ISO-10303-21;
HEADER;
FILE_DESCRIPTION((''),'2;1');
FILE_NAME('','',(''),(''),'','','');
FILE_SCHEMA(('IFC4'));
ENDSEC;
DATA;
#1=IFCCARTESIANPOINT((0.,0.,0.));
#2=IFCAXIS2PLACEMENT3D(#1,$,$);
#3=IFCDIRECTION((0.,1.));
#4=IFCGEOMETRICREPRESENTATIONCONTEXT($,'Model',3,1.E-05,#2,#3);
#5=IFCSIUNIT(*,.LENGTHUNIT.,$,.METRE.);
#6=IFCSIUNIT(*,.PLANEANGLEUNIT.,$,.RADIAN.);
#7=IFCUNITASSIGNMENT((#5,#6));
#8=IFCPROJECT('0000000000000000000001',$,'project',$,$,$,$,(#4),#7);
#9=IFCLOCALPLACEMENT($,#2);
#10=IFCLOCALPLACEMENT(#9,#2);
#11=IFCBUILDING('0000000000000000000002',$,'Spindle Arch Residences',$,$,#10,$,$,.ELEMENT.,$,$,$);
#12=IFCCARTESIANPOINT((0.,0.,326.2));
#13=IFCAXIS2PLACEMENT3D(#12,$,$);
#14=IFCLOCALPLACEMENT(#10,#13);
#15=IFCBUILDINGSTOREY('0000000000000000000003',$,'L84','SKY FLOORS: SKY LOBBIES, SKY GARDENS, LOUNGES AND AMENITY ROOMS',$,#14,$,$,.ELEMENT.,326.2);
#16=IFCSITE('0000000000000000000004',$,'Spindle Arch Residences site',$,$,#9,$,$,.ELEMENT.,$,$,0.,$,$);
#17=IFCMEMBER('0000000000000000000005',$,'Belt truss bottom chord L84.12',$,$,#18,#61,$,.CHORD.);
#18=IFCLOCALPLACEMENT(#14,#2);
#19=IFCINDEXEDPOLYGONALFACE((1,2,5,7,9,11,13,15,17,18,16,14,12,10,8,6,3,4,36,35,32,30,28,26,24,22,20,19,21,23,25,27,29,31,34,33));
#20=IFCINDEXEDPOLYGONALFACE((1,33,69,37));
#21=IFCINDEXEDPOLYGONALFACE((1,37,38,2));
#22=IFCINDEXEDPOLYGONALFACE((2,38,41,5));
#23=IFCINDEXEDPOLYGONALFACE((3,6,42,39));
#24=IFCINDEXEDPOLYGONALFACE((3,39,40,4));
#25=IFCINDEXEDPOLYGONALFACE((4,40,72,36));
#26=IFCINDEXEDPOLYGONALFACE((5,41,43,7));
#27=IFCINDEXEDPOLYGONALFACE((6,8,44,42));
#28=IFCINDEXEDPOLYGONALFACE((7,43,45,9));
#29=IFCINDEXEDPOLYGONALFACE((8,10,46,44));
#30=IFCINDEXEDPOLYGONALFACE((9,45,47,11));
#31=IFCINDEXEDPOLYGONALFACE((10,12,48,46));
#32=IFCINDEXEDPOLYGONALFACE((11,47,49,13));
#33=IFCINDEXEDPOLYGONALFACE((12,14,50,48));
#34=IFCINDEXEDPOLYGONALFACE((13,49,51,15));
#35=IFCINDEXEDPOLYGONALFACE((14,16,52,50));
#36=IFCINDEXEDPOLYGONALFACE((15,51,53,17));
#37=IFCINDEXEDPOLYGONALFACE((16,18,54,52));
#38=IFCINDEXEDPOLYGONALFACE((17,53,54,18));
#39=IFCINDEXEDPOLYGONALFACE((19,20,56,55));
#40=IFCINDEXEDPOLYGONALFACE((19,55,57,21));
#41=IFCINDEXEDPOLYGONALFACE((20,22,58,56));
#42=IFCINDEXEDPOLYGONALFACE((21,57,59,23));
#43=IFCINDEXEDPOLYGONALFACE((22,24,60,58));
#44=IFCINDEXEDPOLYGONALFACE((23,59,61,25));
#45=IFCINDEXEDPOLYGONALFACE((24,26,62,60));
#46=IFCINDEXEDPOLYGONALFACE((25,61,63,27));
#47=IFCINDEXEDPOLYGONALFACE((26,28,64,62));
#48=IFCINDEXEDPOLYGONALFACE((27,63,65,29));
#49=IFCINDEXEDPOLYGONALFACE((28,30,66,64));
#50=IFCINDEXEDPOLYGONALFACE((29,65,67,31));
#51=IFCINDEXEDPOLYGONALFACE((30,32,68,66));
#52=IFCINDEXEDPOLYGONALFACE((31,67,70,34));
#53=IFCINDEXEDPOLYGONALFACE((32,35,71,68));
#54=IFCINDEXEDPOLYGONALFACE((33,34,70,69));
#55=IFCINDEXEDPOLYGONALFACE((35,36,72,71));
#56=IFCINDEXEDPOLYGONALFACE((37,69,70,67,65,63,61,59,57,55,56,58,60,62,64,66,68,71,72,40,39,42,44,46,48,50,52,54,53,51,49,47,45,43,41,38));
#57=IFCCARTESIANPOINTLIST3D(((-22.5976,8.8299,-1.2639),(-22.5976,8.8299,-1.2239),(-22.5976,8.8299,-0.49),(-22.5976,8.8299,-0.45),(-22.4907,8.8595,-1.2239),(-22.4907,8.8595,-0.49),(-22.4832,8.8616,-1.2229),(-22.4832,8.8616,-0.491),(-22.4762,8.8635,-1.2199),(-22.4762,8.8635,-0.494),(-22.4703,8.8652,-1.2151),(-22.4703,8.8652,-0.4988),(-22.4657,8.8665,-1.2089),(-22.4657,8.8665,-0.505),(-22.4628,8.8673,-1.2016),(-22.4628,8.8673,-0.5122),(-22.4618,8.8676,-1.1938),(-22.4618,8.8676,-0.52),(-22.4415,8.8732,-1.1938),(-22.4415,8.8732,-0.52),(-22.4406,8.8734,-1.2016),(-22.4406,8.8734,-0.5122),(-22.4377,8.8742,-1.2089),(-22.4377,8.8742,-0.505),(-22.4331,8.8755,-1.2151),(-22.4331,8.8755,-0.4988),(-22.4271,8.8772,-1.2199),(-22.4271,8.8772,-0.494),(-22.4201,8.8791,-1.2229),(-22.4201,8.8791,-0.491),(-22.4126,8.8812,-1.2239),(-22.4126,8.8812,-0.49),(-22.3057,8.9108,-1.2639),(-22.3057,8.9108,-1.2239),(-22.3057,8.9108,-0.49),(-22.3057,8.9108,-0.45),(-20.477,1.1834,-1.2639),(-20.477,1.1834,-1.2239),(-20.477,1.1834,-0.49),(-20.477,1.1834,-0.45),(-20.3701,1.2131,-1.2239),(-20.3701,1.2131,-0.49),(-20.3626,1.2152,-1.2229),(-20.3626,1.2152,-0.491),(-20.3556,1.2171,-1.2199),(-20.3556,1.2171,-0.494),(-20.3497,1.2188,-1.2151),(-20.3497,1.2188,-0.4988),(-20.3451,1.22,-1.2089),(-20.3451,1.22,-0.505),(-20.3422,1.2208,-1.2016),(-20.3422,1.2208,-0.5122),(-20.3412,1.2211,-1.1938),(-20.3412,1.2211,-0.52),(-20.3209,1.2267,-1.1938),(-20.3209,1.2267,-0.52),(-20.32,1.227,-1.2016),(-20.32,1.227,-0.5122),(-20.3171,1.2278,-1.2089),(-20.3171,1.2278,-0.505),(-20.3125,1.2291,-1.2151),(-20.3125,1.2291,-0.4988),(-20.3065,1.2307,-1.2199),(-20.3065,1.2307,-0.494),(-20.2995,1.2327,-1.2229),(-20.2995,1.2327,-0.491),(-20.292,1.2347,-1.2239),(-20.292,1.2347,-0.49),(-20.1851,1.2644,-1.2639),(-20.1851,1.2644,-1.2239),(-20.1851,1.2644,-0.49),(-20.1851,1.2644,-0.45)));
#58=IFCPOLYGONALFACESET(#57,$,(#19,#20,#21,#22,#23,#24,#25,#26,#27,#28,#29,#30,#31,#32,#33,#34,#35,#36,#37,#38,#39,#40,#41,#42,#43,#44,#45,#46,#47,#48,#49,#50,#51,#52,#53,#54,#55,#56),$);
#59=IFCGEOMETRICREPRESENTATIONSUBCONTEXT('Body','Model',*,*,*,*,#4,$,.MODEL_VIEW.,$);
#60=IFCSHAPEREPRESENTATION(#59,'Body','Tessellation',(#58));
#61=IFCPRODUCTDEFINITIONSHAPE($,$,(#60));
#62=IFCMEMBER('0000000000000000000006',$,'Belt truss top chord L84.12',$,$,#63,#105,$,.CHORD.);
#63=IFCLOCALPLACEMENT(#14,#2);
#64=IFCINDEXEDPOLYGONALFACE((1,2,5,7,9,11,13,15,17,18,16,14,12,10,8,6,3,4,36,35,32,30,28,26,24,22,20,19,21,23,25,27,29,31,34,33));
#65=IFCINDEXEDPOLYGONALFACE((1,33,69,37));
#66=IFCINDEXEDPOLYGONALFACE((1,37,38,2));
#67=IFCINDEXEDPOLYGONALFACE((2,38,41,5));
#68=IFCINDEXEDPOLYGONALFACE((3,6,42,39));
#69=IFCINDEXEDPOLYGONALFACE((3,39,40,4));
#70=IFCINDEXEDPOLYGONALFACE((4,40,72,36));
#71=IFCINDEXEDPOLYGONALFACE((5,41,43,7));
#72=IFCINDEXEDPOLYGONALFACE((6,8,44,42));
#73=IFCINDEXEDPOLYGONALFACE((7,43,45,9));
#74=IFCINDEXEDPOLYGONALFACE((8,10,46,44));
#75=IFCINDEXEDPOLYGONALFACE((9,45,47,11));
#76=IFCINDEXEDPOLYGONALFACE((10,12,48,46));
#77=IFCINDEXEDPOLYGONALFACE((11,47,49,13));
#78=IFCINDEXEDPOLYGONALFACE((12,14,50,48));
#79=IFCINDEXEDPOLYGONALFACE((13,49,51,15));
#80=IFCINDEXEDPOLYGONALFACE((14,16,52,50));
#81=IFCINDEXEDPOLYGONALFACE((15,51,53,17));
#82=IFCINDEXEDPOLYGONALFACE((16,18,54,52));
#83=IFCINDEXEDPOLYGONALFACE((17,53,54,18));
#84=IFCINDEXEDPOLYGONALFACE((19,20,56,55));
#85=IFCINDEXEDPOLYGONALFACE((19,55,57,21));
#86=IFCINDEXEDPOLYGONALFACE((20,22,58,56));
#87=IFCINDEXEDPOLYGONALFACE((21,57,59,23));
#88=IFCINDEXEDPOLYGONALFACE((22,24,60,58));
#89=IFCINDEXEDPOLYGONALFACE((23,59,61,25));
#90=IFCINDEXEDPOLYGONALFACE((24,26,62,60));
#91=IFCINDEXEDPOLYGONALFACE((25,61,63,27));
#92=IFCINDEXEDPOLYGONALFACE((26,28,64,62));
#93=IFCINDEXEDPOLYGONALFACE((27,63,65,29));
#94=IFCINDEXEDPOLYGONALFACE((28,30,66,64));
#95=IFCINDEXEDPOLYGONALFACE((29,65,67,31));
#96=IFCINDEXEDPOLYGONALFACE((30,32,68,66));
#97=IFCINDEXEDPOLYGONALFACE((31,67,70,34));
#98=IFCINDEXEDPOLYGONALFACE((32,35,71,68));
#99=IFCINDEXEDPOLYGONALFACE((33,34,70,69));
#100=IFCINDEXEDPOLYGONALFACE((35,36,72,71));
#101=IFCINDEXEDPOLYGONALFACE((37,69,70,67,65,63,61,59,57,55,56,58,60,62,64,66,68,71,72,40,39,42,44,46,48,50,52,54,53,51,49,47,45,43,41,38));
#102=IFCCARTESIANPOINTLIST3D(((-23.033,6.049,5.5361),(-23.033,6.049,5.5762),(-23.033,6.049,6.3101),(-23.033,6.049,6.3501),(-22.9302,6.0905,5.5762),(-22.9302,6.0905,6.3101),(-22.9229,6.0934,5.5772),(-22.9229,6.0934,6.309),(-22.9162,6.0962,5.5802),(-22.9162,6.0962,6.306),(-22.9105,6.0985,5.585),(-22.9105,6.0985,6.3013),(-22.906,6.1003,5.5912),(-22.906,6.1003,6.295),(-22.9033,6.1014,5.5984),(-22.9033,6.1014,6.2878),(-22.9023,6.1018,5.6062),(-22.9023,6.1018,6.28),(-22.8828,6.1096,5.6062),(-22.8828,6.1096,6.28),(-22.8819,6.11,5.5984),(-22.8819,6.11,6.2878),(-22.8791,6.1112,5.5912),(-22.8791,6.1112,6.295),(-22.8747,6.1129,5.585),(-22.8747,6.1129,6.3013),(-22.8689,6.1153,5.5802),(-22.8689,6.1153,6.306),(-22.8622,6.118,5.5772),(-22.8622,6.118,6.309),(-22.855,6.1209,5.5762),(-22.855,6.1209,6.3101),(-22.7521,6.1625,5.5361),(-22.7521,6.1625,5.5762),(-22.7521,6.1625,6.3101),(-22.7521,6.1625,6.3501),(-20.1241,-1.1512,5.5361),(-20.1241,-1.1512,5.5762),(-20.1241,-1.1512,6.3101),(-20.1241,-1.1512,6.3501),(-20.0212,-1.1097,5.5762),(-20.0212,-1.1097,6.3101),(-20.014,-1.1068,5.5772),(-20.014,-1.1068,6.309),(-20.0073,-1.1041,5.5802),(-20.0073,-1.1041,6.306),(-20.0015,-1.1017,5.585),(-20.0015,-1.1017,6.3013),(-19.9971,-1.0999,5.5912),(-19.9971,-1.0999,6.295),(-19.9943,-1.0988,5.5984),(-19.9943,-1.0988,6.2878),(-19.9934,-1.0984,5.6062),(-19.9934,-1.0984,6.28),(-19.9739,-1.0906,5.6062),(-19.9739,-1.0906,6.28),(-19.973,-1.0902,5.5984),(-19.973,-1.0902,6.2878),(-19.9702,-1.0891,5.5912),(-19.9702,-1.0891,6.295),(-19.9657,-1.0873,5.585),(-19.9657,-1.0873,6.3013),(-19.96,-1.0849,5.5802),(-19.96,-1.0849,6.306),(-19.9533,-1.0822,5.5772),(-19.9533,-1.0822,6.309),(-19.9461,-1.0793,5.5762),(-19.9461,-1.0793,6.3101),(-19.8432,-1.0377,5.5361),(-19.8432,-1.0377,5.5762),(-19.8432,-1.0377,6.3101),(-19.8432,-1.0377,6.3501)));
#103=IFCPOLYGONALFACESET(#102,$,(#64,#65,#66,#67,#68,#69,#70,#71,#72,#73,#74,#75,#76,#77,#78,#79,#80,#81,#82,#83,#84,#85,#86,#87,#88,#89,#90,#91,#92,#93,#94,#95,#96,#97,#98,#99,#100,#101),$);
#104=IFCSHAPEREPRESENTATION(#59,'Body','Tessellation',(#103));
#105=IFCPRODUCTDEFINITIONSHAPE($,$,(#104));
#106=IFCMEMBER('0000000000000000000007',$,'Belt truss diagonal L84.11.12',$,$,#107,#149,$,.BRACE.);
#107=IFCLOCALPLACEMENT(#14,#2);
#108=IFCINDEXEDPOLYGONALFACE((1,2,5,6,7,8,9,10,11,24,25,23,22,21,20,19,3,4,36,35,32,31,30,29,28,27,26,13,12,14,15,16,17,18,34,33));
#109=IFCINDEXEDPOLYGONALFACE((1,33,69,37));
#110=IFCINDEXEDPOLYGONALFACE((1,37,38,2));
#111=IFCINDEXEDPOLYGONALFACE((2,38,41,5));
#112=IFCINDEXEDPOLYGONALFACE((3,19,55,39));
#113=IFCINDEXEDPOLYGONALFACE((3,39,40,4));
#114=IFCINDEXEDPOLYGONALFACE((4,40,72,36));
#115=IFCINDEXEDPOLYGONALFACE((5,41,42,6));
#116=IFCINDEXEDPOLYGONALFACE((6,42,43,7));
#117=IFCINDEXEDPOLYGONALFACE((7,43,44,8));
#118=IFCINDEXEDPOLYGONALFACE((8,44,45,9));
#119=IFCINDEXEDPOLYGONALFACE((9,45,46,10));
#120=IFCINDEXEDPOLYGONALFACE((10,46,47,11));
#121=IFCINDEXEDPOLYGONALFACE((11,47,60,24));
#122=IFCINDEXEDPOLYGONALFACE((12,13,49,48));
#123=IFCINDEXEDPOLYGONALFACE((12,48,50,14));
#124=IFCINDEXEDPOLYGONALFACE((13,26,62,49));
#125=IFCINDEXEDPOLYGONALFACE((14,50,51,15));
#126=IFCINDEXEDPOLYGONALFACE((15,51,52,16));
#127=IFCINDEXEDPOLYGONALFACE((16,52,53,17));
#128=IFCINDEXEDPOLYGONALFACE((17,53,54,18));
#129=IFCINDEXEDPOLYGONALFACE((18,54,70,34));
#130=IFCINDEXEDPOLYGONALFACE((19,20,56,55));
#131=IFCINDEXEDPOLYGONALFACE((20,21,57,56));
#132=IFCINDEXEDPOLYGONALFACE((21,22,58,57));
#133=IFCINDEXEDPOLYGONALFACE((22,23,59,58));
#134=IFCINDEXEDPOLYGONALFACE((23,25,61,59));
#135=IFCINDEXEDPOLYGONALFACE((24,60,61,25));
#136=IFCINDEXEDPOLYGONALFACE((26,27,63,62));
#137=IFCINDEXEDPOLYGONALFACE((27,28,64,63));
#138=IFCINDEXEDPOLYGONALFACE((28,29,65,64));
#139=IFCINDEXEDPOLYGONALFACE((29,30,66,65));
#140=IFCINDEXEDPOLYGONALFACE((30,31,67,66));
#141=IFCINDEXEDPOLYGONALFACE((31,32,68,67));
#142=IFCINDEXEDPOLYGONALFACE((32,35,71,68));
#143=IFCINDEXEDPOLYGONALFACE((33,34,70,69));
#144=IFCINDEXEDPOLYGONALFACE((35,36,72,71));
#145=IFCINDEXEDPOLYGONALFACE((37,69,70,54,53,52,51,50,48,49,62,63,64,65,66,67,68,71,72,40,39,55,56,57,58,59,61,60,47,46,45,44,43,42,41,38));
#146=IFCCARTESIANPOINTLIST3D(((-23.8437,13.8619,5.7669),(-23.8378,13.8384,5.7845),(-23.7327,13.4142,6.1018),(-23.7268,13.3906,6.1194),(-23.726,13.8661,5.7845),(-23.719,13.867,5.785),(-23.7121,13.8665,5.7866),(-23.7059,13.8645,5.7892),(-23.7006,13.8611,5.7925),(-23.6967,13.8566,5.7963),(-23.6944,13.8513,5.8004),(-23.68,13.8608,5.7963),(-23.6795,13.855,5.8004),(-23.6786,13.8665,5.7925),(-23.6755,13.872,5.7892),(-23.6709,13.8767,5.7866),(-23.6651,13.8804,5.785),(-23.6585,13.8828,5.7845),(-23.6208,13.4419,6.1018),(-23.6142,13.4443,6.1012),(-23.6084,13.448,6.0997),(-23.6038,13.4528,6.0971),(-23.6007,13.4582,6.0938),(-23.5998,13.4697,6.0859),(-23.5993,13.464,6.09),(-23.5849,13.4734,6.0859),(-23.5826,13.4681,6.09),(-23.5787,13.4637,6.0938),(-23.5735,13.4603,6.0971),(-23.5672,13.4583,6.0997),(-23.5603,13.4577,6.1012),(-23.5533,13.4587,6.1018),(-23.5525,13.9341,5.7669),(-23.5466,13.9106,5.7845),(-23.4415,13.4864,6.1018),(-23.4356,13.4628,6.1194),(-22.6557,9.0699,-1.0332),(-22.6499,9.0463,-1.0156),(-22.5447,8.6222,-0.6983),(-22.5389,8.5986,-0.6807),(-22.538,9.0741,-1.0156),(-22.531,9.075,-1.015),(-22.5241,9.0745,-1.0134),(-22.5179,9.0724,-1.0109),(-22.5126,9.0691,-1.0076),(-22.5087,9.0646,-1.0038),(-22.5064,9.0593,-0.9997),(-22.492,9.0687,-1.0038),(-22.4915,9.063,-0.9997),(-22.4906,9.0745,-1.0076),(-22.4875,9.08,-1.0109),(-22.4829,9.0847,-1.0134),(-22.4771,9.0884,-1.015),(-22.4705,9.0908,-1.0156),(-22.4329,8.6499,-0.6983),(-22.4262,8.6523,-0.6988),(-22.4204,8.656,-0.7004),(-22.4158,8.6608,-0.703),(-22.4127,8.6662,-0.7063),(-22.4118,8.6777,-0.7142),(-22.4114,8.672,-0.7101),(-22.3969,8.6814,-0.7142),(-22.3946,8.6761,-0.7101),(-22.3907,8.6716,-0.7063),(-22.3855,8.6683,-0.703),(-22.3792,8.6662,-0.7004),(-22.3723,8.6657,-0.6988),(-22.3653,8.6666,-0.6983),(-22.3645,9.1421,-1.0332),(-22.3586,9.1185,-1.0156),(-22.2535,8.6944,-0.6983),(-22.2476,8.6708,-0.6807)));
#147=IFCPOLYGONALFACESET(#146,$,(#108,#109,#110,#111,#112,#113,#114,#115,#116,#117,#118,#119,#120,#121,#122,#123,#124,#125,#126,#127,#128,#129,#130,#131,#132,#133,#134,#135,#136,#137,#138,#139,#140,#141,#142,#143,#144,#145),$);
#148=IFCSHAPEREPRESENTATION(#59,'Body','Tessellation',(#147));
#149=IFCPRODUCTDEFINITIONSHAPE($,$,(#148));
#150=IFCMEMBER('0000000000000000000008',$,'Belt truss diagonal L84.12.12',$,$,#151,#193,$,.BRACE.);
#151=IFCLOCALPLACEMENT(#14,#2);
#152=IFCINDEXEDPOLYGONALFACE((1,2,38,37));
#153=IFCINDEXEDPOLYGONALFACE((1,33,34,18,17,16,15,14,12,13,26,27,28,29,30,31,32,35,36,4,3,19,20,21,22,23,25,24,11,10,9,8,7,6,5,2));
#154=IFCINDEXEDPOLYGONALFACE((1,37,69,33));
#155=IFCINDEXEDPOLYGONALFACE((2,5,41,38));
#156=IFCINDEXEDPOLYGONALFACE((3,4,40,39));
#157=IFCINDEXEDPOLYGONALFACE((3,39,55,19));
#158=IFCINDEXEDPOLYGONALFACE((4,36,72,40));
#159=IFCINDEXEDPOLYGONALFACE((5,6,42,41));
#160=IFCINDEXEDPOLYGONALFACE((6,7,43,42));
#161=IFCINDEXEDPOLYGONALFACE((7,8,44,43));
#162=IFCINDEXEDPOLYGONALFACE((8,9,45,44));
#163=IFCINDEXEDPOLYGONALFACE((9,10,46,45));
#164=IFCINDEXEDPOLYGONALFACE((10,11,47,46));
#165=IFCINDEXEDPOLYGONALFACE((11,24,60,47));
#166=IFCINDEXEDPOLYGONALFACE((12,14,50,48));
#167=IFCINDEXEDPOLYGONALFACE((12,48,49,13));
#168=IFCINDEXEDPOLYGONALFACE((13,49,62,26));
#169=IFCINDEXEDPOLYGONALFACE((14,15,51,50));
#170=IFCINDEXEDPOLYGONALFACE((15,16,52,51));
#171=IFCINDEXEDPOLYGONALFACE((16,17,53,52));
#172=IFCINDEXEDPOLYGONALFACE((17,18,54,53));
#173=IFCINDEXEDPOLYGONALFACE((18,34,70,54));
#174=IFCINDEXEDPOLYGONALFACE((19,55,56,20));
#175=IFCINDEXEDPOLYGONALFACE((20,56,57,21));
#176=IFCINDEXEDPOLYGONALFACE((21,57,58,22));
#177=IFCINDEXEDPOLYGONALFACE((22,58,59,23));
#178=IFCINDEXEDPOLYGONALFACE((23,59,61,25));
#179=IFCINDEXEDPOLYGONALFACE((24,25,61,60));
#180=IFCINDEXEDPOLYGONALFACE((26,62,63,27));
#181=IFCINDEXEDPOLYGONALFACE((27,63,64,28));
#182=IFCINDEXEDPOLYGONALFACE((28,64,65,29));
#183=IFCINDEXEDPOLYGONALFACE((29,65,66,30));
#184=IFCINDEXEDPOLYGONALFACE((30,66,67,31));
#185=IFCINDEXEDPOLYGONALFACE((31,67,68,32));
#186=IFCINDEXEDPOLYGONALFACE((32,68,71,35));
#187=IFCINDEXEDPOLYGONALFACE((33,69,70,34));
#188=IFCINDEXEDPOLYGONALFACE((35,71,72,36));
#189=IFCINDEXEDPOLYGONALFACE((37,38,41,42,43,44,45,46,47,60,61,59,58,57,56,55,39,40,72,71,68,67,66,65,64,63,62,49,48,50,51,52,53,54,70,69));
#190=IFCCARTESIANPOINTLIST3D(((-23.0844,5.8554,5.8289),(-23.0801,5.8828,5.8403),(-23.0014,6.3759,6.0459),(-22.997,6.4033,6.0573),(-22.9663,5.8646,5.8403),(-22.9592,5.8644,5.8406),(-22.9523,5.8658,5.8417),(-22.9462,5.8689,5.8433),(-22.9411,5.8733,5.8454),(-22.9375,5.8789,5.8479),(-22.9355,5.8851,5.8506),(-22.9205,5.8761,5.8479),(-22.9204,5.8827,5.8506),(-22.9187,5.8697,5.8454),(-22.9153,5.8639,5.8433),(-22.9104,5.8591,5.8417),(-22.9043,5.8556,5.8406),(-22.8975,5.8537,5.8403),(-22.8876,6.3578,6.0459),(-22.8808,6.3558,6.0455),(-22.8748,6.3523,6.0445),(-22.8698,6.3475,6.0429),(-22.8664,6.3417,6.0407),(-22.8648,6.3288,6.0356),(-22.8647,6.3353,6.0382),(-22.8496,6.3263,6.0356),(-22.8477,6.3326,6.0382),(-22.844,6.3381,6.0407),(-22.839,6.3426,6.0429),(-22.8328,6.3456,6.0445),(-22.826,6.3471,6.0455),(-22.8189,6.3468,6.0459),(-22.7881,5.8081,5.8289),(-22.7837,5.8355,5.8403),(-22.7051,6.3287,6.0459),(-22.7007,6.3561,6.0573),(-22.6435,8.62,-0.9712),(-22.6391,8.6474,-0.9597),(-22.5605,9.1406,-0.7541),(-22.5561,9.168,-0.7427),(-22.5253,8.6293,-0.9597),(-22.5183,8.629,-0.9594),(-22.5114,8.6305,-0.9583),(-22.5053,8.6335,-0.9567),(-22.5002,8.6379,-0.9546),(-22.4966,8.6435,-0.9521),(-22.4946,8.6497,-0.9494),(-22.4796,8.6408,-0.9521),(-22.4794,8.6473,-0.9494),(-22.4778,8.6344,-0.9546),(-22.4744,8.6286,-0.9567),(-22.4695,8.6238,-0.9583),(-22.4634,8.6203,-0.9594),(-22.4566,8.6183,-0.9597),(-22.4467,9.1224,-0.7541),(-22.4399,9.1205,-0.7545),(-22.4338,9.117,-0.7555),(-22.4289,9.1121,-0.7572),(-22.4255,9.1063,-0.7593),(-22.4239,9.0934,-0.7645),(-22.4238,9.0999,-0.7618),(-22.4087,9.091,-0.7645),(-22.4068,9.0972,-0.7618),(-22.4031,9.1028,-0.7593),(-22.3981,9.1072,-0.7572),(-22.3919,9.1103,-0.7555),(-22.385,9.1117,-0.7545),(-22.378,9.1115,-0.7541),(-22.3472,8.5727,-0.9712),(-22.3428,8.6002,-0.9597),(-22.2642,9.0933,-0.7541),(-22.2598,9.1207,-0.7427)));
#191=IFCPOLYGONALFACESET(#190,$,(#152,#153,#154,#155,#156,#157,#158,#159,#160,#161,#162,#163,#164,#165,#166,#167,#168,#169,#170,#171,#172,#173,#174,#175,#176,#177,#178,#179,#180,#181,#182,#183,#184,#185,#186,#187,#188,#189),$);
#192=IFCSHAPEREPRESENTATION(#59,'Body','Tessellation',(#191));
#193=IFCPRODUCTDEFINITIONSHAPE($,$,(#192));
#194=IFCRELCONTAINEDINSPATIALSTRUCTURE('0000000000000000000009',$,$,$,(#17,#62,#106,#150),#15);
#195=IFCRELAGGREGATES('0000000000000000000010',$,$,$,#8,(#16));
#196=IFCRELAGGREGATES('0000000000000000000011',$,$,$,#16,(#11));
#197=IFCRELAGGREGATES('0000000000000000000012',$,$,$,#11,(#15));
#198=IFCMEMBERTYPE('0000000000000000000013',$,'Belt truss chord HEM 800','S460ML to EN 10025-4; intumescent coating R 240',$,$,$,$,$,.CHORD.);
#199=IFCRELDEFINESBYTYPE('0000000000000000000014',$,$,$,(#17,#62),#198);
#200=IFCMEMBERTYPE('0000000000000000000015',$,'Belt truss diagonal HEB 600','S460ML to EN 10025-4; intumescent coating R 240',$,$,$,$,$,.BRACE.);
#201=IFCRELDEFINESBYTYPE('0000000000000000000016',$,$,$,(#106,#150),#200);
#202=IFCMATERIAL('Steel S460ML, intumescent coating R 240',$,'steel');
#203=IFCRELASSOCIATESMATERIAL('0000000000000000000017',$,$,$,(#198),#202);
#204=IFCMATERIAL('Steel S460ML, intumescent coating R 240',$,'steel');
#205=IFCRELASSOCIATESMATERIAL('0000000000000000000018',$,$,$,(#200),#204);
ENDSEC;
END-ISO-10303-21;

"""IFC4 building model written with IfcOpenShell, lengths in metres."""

from ifc_helpers import new_model, si_unit, direction, frame, origin, origin_2d, place, context, subcontext, project, spatial, i_section, extrude, material, material_profile, profile_set, type_object, element, save


model = new_model("IFC4")

# Units and contexts
model_context = context("Model", 3, precision=1e-05, world=origin(), true_north=direction((0.0, 1.0)))
body_context = subcontext(model_context, "Body", "Model", "MODEL_VIEW")
ifc_project = project(units=[si_unit("LENGTHUNIT", "METRE"), si_unit("PLANEANGLEUNIT", "RADIAN")], contexts=[model_context])

# Site, building, storey
site_placement = place(None, origin())
site = spatial("IfcSite", under=ifc_project, at=site_placement, Name="Spindle Arch Residences site", CompositionType="ELEMENT", RefElevation=0.0)
building_placement = place(site_placement, origin())
building = spatial("IfcBuilding", under=site, at=building_placement, Name="Spindle Arch Residences", CompositionType="ELEMENT")
storey_placement = place(building_placement, frame((0.0, 0.0, 326.2)))
storey = spatial("IfcBuildingStorey", under=building, at=storey_placement, Name="L84", Description="SKY FLOORS: SKY LOBBIES, SKY GARDENS, LOUNGES AND AMENITY ROOMS", CompositionType="ELEMENT", Elevation=326.2)

# Members
ifc_material_1 = material(Name="Steel S460ML, intumescent coating R 240", Category="steel")
ifc_material_profile_1 = material_profile(ifc_material_1, i_section(OverallWidth=0.303, OverallDepth=0.814, WebThickness=0.021, FlangeThickness=0.04, FilletRadius=0.03, at=origin_2d()), Name="HEM 800")
ifc_profile_set_1 = profile_set([ifc_material_profile_1], Name="Steel S460ML, intumescent coating R 240")
member_type_1 = type_object("IfcMemberType", Name="Belt truss chord HEM 800", Description="S460ML to EN 10025-4; intumescent coating R 240", PredefinedType="CHORD", material=ifc_profile_set_1)
member_1_placement = place(storey_placement, frame((-22.4517, 8.8704, -0.8569), z_axis=(0.267244, -0.963629, 0.0), x_axis=(0.963629, 0.267244, 0.0)))
element("IfcMember", 1, at=member_1_placement, inside=storey, type_object=member_type_1, Name="Belt truss bottom chord L84.12", PredefinedType="CHORD", context=body_context, shape_type="SweptSolid", body=[
    extrude(i_section(OverallWidth=0.303, OverallDepth=0.814, WebThickness=0.021, FlangeThickness=0.04, FilletRadius=0.03, at=origin_2d()), origin(), (0.0, 0.0, 1.0), 7.9351),
])
member_2_placement = place(storey_placement, frame((-22.8926, 6.1057, 5.9431), z_axis=(0.374592, -0.92719, 0.0), x_axis=(0.92719, 0.374592, 0.0)))
element("IfcMember", 2, at=member_2_placement, inside=storey, type_object=member_type_1, Name="Belt truss top chord L84.12", PredefinedType="CHORD", context=body_context, shape_type="SweptSolid", body=[
    extrude(i_section(OverallWidth=0.303, OverallDepth=0.814, WebThickness=0.021, FlangeThickness=0.04, FilletRadius=0.03, at=origin_2d()), origin(), (0.0, 0.0, 1.0), 7.7656),
])
ifc_material_2 = material(Name="Steel S460ML, intumescent coating R 240", Category="steel")
ifc_material_profile_2 = material_profile(ifc_material_2, i_section(OverallWidth=0.3, OverallDepth=0.6001, WebThickness=0.0154, FlangeThickness=0.03, FilletRadius=0.0271, at=origin_2d()), Name="HEB 600")
ifc_profile_set_2 = profile_set([ifc_material_profile_2], Name="Steel S460ML, intumescent coating R 240")
member_type_2 = type_object("IfcMemberType", Name="Belt truss diagonal HEB 600", Description="S460ML to EN 10025-4; intumescent coating R 240", PredefinedType="BRACE", material=ifc_profile_set_2)
member_3_placement = place(storey_placement, frame((-22.4517, 8.8704, -0.8569), z_axis=(-0.141372, 0.570252, 0.809213), x_axis=(-0.970618, -0.240627, 0.0)))
element("IfcMember", 3, at=member_3_placement, inside=storey, type_object=member_type_2, Name="Belt truss diagonal L84.11.12", PredefinedType="BRACE", context=body_context, shape_type="SweptSolid", body=[
    extrude(i_section(OverallWidth=0.3, OverallDepth=0.6001, WebThickness=0.0154, FlangeThickness=0.03, FilletRadius=0.0271, at=origin_2d()), origin(), (0.0, 0.0, 1.0), 8.4033),
])
member_4_placement = place(storey_placement, frame((-22.4517, 8.8704, -0.8569), z_axis=(-0.059958, -0.375948, 0.924699), x_axis=(0.98752, -0.157494, 0.0)))
element("IfcMember", 4, at=member_4_placement, inside=storey, type_object=member_type_2, Name="Belt truss diagonal L84.12.12", PredefinedType="BRACE", context=body_context, shape_type="SweptSolid", body=[
    extrude(i_section(OverallWidth=0.3, OverallDepth=0.6001, WebThickness=0.0154, FlangeThickness=0.03, FilletRadius=0.0271, at=origin_2d()), origin(), (0.0, 0.0, 1.0), 7.3538),
])

save(model, "model.ifc")
